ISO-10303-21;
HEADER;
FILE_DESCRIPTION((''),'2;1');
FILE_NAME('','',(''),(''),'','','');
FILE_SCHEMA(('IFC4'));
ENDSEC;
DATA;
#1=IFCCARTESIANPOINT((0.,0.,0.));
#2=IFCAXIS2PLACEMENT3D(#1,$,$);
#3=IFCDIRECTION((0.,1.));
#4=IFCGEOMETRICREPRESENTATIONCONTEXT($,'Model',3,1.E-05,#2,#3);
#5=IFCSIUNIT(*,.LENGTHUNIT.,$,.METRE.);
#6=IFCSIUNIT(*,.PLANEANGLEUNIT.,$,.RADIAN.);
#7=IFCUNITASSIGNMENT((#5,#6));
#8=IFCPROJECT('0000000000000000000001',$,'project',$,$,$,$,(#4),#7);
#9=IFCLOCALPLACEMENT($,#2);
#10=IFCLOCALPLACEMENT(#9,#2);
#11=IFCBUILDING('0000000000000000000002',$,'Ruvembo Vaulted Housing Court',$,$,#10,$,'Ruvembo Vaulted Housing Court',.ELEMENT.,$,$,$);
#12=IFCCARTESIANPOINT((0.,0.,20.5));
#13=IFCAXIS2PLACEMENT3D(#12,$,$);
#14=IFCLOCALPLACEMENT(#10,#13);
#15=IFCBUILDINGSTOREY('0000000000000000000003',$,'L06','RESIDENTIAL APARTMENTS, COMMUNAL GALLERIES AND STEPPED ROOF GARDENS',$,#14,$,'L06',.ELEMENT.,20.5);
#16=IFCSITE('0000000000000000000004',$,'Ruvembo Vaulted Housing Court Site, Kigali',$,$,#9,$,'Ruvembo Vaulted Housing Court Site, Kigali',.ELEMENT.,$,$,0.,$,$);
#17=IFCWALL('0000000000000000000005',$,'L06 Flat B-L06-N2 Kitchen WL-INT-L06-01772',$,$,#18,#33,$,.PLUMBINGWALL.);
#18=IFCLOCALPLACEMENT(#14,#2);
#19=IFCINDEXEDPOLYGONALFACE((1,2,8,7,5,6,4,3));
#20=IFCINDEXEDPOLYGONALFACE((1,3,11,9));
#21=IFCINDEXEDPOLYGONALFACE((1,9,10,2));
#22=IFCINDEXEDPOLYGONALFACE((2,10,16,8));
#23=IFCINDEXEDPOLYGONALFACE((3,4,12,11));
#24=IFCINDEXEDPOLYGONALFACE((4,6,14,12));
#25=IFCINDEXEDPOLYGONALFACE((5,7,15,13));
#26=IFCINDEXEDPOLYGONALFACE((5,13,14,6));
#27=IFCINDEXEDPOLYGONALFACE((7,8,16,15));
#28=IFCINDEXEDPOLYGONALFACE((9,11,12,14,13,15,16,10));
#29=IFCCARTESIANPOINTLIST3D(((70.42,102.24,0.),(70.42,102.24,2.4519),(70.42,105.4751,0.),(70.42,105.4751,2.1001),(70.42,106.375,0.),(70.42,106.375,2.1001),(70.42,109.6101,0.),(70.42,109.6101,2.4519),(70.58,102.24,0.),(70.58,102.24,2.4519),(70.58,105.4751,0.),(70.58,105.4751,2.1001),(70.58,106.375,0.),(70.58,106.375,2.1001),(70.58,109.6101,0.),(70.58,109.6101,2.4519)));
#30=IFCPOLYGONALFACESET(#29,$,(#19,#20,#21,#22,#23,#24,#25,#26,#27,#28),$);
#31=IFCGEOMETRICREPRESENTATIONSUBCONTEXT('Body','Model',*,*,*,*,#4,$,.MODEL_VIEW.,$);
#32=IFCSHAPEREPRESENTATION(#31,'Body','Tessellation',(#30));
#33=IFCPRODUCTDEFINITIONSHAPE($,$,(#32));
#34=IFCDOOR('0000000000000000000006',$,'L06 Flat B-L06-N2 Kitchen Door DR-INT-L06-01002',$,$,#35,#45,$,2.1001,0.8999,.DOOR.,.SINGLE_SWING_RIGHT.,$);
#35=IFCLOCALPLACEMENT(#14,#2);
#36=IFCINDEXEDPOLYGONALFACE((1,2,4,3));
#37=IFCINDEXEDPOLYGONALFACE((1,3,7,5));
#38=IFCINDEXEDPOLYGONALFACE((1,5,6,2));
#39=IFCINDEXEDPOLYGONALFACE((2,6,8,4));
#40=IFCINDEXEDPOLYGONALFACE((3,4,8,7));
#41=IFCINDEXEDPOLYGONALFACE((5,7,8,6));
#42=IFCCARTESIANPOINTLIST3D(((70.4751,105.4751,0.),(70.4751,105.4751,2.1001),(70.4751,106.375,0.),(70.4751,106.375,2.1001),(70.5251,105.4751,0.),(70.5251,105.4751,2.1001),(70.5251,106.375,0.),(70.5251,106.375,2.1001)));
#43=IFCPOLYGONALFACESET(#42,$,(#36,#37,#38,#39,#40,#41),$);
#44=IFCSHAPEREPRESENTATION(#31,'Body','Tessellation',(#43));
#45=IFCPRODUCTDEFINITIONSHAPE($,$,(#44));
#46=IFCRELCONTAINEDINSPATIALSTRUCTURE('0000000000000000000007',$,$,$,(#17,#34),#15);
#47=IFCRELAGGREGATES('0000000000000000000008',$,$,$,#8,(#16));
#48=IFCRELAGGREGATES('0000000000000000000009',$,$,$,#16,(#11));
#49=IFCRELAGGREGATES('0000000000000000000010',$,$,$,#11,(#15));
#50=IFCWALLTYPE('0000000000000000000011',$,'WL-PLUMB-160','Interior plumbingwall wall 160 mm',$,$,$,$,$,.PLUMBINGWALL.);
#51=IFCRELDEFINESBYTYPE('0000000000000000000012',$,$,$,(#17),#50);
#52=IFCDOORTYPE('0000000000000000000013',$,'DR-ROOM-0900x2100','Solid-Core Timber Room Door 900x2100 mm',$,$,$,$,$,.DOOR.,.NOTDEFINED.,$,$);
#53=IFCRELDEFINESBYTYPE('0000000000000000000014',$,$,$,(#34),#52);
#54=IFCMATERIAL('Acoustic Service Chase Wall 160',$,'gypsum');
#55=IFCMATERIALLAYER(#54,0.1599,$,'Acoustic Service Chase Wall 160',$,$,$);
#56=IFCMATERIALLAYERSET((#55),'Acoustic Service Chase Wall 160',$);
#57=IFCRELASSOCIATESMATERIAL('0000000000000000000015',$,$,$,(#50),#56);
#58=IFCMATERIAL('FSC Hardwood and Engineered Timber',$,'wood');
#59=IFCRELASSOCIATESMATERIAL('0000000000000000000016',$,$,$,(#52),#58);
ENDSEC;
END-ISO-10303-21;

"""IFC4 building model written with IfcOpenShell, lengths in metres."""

from ifc_helpers import new_model, si_unit, direction, frame, frame_2d, origin, place, context, subcontext, project, spatial, rectangle, extrude, material, layer, layer_set, type_object, element, fill, save


model = new_model("IFC4")

# Units and contexts
model_context = context("Model", 3, precision=1e-05, world=origin(), true_north=direction((0.0, 1.0)))
body_context = subcontext(model_context, "Body", "Model", "MODEL_VIEW")
ifc_project = project(units=[si_unit("LENGTHUNIT", "METRE"), si_unit("PLANEANGLEUNIT", "RADIAN")], contexts=[model_context])

# Site, building, storey
site_placement = place(None, origin())
site = spatial("IfcSite", under=ifc_project, at=site_placement, Name="Ruvembo Vaulted Housing Court Site, Kigali", LongName="Ruvembo Vaulted Housing Court Site, Kigali", CompositionType="ELEMENT", RefElevation=0.0)
building_placement = place(site_placement, origin())
building = spatial("IfcBuilding", under=site, at=building_placement, Name="Ruvembo Vaulted Housing Court", LongName="Ruvembo Vaulted Housing Court", CompositionType="ELEMENT")
storey_placement = place(building_placement, frame((0.0, 0.0, 20.5)))
storey = spatial("IfcBuildingStorey", under=building, at=storey_placement, Name="L06", Description="RESIDENTIAL APARTMENTS, COMMUNAL GALLERIES AND STEPPED ROOF GARDENS", LongName="L06", CompositionType="ELEMENT", Elevation=20.5)

# Shared definitions
ifc_material_1 = material(Name="FSC Hardwood and Engineered Timber", Category="wood")

# Wall, opening, door
ifc_material_2 = material(Name="Acoustic Service Chase Wall 160", Category="gypsum")
ifc_layer_1 = layer(ifc_material_2, 0.1599, Name="Acoustic Service Chase Wall 160")
ifc_layer_set_1 = layer_set([ifc_layer_1], Name="Acoustic Service Chase Wall 160")
wall_type_1 = type_object("IfcWallType", Name="WL-PLUMB-160", Description="Interior plumbingwall wall 160 mm", PredefinedType="PLUMBINGWALL", material=ifc_layer_set_1)
wall_1_placement = place(storey_placement, frame((70.5, 102.24, 0.0), z_axis=(0.0, 0.0, 1.0), x_axis=(0.0, 1.0, 0.0)))
wall_1 = element("IfcWall", 1, at=wall_1_placement, inside=storey, type_object=wall_type_1, Name="L06 Flat B-L06-N2 Kitchen WL-INT-L06-01772", PredefinedType="PLUMBINGWALL", context=body_context, shape_type="SweptSolid", body=[
    extrude(rectangle(XDim=7.3701, YDim=0.1599, at=frame_2d((3.6851, 0.0))), origin(), (0.0, 0.0, 1.0), 2.4519),
])
opening_1_placement = place(wall_1_placement, frame((3.2351, 0.0, 0.0)))
opening_1 = element("IfcOpeningElement", 2, at=opening_1_placement, cuts=wall_1, PredefinedType="OPENING", context=body_context, shape_type="SweptSolid", body=[
    extrude(rectangle(XDim=0.8999, YDim=2.1001, at=frame_2d((0.45, 1.05))), frame((0.0, 0.0898, 0.0), z_axis=(0.0, -1.0, 0.0), x_axis=(1.0, 0.0, 0.0)), (0.0, 0.0, 1.0), 0.1799),
])
door_type_1 = type_object("IfcDoorType", Name="DR-ROOM-0900x2100", Description="Solid-Core Timber Room Door 900x2100 mm", OperationType="NOTDEFINED", PredefinedType="DOOR", material=ifc_material_1)
door_1_placement = place(opening_1_placement, origin())
door_1 = element("IfcDoor", 3, at=door_1_placement, inside=storey, type_object=door_type_1, Name="L06 Flat B-L06-N2 Kitchen Door DR-INT-L06-01002", OperationType="SINGLE_SWING_RIGHT", OverallHeight=2.1001, OverallWidth=0.8999, PredefinedType="DOOR", context=body_context, shape_type="SweptSolid", body=[
    extrude(rectangle(XDim=0.8999, YDim=2.1001, at=frame_2d((0.45, 1.05))), frame((0.0, 0.0249, 0.0), z_axis=(0.0, -1.0, 0.0), x_axis=(1.0, 0.0, 0.0)), (0.0, 0.0, 1.0), 0.05),
])
fill(opening_1, door_1)

save(model, "model.ifc")
